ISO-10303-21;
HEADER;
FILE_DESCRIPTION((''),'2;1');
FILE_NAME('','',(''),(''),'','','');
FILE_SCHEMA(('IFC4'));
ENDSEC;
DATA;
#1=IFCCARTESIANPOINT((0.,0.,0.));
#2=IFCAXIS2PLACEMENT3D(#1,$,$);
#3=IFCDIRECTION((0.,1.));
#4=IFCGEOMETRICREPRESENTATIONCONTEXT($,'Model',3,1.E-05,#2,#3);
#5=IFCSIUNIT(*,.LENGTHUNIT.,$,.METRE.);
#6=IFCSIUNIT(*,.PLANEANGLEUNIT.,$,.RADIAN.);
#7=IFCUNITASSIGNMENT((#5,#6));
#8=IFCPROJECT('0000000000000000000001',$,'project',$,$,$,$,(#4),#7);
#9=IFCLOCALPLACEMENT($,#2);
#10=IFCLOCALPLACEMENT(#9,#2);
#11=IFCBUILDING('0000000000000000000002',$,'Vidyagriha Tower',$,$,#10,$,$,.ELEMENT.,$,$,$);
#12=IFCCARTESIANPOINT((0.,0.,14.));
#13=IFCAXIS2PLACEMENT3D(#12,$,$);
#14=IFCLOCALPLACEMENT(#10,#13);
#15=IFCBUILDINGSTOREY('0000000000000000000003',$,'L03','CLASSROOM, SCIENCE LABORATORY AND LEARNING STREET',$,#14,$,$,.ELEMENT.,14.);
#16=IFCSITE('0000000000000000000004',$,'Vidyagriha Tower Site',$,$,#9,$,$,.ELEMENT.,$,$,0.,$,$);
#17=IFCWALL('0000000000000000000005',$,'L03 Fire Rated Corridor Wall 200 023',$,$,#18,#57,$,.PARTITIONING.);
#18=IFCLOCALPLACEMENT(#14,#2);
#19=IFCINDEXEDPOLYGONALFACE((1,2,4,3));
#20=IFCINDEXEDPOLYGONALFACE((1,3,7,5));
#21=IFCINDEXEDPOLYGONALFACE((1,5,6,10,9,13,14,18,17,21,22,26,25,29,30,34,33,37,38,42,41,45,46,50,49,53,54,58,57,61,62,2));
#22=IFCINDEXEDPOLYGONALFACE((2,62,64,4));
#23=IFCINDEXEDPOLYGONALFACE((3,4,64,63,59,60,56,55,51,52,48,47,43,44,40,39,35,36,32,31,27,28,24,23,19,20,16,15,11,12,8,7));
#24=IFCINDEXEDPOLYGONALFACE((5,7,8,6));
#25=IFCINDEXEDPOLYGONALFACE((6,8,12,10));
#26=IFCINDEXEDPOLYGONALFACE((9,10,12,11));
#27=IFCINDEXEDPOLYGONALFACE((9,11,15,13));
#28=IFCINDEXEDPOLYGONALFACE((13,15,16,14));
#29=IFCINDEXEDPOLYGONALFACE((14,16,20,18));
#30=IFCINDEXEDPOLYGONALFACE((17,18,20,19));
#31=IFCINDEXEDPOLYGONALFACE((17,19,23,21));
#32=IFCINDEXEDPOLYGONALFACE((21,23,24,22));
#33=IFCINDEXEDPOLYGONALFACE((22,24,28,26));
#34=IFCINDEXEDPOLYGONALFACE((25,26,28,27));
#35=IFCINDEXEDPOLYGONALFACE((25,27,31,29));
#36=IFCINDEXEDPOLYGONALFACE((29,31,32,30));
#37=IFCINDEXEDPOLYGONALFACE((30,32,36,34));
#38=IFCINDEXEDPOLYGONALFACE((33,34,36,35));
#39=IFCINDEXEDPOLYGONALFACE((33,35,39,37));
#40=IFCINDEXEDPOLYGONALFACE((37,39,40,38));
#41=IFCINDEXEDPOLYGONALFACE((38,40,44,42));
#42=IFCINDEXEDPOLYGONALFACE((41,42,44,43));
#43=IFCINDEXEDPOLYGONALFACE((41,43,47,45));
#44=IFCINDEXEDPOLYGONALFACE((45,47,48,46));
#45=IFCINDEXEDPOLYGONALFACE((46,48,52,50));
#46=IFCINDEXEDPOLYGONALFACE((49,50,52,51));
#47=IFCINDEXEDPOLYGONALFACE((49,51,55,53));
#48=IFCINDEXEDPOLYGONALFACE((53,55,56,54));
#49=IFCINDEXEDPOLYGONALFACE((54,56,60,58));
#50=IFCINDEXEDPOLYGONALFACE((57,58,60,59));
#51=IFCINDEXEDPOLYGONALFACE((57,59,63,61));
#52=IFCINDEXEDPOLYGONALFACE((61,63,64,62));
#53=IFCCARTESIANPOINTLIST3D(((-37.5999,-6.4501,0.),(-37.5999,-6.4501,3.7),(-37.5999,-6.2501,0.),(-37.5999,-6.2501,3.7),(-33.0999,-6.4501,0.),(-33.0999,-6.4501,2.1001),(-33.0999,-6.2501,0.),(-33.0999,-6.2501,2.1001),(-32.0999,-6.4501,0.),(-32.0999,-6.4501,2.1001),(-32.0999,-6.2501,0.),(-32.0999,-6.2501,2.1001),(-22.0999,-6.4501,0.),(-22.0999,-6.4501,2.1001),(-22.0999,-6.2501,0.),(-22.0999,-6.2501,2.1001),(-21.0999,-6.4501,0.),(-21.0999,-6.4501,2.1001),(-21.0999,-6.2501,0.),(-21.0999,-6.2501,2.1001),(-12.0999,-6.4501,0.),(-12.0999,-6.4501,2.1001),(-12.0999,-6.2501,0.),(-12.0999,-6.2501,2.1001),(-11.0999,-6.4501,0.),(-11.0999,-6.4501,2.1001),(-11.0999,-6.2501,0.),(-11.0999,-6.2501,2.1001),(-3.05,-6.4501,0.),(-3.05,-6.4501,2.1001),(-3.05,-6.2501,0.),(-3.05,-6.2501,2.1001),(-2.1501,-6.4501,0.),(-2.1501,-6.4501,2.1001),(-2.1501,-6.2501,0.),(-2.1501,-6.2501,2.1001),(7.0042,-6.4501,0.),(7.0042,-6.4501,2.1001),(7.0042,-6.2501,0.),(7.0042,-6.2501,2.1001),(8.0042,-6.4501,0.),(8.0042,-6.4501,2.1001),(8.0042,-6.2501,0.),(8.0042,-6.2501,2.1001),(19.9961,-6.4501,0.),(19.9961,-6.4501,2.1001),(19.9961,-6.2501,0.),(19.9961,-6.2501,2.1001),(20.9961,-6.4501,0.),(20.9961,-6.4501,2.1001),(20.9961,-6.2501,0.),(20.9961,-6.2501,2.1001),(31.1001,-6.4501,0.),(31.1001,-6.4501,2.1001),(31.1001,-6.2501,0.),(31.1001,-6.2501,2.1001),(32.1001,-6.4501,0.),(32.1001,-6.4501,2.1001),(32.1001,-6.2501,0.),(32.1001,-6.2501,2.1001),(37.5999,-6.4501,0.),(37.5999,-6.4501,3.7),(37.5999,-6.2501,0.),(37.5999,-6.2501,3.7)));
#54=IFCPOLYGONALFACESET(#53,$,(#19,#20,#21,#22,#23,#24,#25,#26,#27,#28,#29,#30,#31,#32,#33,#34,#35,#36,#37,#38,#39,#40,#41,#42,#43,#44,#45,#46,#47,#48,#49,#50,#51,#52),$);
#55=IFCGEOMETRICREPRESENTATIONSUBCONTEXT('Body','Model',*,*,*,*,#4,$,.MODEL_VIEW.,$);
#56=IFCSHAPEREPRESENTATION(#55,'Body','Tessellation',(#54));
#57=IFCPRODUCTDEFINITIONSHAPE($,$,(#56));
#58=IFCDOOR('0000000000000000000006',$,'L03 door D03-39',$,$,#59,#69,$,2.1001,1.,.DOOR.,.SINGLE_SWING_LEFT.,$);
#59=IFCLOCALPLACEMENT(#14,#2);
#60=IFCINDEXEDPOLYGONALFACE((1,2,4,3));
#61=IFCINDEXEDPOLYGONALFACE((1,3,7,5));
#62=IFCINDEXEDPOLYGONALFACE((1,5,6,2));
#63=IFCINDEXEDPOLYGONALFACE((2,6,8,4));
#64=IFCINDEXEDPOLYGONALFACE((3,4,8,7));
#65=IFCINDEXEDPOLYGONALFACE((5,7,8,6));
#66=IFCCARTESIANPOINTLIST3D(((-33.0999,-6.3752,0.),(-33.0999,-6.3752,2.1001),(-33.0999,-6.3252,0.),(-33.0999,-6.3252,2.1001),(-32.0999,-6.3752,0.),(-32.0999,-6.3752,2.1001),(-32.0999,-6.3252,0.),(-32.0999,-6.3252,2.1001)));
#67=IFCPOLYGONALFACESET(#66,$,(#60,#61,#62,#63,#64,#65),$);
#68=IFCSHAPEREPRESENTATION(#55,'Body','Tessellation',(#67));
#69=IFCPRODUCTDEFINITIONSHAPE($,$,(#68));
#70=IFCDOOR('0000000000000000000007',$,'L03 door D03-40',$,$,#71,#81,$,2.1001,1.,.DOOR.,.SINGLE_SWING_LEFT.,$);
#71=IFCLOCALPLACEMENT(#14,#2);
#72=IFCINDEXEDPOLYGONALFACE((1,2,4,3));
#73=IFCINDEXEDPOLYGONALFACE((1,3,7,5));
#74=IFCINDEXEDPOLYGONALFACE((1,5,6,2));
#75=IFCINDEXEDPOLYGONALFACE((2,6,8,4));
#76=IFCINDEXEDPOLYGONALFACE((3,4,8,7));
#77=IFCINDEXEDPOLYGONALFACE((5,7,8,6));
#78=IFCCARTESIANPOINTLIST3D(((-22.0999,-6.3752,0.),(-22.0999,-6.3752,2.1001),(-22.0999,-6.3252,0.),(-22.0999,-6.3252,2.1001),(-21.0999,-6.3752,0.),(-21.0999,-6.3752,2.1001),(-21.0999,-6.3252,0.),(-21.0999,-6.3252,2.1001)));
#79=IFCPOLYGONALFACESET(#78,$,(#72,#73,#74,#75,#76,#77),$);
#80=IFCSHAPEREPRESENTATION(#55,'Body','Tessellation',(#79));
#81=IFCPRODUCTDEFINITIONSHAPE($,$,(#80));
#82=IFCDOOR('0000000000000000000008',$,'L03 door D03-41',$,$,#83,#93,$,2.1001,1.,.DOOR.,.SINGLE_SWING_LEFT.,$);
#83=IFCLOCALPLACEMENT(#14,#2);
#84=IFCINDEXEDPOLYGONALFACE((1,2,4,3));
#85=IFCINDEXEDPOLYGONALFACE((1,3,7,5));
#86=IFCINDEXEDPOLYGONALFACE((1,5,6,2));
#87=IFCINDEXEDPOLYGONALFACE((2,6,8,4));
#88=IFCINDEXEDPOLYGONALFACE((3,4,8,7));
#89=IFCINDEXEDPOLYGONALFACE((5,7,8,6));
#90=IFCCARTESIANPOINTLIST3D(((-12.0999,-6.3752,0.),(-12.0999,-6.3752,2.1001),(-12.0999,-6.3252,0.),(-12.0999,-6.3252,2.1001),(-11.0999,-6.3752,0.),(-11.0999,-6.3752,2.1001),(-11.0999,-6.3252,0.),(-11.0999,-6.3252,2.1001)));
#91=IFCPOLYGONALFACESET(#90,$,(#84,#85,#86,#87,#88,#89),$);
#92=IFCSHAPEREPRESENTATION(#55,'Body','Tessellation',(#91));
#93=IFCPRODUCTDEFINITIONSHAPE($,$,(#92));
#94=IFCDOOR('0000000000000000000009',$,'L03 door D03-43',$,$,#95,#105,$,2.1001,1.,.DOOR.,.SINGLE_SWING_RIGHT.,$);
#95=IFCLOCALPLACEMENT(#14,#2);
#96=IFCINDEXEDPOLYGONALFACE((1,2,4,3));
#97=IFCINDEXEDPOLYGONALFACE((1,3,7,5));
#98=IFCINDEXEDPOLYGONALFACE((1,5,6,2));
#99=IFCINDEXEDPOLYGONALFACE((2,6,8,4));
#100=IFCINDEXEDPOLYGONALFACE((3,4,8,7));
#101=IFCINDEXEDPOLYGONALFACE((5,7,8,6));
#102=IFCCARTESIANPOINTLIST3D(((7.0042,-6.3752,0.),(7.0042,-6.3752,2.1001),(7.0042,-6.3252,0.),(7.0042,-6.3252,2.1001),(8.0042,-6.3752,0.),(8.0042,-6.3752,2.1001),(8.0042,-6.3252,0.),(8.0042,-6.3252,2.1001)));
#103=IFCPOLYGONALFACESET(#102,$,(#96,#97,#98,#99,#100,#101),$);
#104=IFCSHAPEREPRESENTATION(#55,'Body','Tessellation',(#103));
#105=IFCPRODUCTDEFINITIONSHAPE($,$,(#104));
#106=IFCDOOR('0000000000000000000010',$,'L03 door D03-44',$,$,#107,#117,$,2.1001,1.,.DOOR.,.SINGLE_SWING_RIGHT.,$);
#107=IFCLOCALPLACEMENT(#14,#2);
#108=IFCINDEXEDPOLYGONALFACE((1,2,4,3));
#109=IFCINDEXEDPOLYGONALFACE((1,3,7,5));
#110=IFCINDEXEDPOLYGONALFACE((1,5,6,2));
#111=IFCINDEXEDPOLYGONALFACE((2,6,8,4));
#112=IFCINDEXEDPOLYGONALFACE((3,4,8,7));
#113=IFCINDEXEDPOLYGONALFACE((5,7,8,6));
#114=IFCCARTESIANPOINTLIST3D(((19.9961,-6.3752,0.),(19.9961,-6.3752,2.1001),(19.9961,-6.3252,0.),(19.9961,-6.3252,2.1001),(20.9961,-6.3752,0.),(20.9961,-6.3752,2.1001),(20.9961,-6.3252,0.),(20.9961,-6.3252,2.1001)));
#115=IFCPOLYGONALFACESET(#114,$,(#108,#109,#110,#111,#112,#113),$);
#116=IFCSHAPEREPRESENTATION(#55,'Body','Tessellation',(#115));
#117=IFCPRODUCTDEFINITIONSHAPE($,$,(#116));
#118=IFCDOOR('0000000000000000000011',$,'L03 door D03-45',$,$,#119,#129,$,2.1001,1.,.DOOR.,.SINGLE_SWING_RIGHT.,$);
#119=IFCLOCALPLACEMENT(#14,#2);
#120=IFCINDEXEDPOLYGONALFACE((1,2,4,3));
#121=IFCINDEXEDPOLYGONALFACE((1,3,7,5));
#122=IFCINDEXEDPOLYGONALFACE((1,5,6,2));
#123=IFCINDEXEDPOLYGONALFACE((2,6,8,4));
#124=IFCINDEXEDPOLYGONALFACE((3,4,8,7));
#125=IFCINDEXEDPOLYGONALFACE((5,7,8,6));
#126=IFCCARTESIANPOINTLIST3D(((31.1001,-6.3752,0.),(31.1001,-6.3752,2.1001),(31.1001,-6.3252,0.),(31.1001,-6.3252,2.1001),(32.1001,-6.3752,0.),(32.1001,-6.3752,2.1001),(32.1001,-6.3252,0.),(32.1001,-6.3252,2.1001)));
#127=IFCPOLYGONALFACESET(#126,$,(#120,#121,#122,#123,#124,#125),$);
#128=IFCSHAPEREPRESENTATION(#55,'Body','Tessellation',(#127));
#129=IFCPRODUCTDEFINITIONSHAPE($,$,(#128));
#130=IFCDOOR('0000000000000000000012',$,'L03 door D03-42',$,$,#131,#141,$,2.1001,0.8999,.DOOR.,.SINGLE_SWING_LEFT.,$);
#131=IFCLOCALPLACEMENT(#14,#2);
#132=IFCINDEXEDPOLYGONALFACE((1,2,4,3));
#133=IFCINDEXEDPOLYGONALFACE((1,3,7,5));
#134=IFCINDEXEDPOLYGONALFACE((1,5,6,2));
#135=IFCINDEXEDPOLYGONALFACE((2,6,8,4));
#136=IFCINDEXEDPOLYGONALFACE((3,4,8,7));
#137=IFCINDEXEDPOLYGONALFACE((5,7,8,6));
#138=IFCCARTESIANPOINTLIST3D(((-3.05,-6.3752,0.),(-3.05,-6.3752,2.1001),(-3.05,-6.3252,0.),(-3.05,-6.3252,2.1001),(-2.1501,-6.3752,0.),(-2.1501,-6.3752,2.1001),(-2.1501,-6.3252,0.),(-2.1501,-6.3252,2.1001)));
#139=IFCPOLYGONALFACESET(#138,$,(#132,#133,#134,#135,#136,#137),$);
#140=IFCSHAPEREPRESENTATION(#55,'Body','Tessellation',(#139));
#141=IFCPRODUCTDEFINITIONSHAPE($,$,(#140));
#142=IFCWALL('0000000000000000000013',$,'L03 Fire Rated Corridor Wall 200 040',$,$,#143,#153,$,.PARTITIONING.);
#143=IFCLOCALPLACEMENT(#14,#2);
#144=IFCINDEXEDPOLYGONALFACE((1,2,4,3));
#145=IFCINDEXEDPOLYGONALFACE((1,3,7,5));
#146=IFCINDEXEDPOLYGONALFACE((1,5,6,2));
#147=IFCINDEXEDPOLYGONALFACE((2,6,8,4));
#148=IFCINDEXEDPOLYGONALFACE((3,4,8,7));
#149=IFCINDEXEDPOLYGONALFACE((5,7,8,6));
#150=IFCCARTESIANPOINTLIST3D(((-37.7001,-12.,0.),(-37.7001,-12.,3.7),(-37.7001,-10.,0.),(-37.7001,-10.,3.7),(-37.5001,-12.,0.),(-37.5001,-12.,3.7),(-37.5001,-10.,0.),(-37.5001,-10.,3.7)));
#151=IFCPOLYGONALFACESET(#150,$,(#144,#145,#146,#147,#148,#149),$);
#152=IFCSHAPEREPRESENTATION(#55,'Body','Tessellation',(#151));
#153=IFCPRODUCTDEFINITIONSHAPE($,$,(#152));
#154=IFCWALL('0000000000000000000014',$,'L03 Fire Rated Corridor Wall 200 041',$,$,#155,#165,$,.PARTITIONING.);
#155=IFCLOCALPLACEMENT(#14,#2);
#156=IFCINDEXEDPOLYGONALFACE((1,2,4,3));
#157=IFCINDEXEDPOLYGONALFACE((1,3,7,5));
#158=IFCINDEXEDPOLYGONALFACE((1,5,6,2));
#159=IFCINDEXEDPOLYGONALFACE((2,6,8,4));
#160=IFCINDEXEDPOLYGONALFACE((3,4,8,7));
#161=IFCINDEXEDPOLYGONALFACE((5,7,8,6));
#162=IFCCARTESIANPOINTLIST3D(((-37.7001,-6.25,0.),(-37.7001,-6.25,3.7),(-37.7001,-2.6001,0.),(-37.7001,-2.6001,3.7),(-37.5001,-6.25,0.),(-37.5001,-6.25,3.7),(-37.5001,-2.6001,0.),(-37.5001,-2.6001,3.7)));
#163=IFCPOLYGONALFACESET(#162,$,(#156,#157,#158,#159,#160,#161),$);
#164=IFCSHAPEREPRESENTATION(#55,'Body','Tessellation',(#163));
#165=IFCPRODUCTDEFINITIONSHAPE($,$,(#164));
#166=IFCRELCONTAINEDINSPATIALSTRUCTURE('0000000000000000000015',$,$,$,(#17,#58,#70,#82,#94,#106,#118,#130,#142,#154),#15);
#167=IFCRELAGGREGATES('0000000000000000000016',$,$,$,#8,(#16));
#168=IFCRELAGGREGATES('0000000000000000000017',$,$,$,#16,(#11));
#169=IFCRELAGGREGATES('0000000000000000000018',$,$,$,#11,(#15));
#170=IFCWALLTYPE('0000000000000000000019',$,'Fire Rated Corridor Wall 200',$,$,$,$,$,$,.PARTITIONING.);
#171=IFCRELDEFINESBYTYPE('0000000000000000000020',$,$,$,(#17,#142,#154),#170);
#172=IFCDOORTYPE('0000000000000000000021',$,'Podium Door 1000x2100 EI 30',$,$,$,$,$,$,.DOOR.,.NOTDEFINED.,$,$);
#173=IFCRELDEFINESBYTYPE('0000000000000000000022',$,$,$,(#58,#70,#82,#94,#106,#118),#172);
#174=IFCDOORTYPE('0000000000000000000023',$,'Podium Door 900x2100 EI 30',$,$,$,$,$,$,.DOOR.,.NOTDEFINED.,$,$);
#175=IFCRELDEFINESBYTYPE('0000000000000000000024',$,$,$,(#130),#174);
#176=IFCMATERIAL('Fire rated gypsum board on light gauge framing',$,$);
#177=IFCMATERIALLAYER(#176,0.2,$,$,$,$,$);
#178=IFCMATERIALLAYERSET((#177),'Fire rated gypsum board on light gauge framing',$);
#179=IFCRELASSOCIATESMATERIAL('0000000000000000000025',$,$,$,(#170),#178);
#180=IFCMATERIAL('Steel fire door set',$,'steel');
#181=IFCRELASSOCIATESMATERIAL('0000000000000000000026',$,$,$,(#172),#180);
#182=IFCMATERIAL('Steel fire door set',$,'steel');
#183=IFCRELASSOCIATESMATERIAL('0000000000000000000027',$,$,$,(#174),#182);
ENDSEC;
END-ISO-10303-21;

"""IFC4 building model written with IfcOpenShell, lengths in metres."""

from ifc_helpers import new_model, si_unit, direction, frame, frame_2d, origin, place, context, subcontext, project, spatial, rectangle, extrude, material, layer, layer_set, type_object, element, fill, save


model = new_model("IFC4")

# Units and contexts
model_context = context("Model", 3, precision=1e-05, world=origin(), true_north=direction((0.0, 1.0)))
body_context = subcontext(model_context, "Body", "Model", "MODEL_VIEW")
ifc_project = project(units=[si_unit("LENGTHUNIT", "METRE"), si_unit("PLANEANGLEUNIT", "RADIAN")], contexts=[model_context])

# Site, building, storey
site_placement = place(None, origin())
site = spatial("IfcSite", under=ifc_project, at=site_placement, Name="Vidyagriha Tower Site", CompositionType="ELEMENT", RefElevation=0.0)
building_placement = place(site_placement, origin())
building = spatial("IfcBuilding", under=site, at=building_placement, Name="Vidyagriha Tower", CompositionType="ELEMENT")
storey_placement = place(building_placement, frame((0.0, 0.0, 14.0)))
storey = spatial("IfcBuildingStorey", under=building, at=storey_placement, Name="L03", Description="CLASSROOM, SCIENCE LABORATORY AND LEARNING STREET", CompositionType="ELEMENT", Elevation=14.0)

# Wall, openings, doors
ifc_material_1 = material(Name="Fire rated gypsum board on light gauge framing")
ifc_layer_1 = layer(ifc_material_1, 0.2)
ifc_layer_set_1 = layer_set([ifc_layer_1], Name="Fire rated gypsum board on light gauge framing")
wall_type = type_object("IfcWallType", Name="Fire Rated Corridor Wall 200", PredefinedType="PARTITIONING", material=ifc_layer_set_1)
wall_1_placement = place(storey_placement, frame((-37.5999, -6.3501, 0.0)))
wall_1 = element("IfcWall", 1, at=wall_1_placement, inside=storey, type_object=wall_type, Name="L03 Fire Rated Corridor Wall 200 023", PredefinedType="PARTITIONING", context=body_context, shape_type="SweptSolid", body=[
    extrude(rectangle(XDim=75.1997, YDim=0.2, at=frame_2d((37.5999, 0.0))), origin(), (0.0, 0.0, 1.0), 3.7),
])
opening_1_placement = place(wall_1_placement, frame((4.5, 0.0, 0.0)))
opening_1 = element("IfcOpeningElement", 2, at=opening_1_placement, cuts=wall_1, PredefinedType="OPENING", context=body_context, shape_type="SweptSolid", body=[
    extrude(rectangle(XDim=1.0, YDim=2.1001, at=frame_2d((0.5, 1.05))), frame((0.0, 0.1099, 0.0), z_axis=(0.0, -1.0, 0.0), x_axis=(1.0, 0.0, 0.0)), (0.0, 0.0, 1.0), 0.22),
])
opening_2_placement = place(wall_1_placement, frame((15.5, 0.0, 0.0)))
opening_2 = element("IfcOpeningElement", 3, at=opening_2_placement, cuts=wall_1, PredefinedType="OPENING", context=body_context, shape_type="SweptSolid", body=[
    extrude(rectangle(XDim=1.0, YDim=2.1001, at=frame_2d((0.5, 1.05))), frame((0.0, 0.1099, 0.0), z_axis=(0.0, -1.0, 0.0), x_axis=(1.0, 0.0, 0.0)), (0.0, 0.0, 1.0), 0.22),
])
opening_3_placement = place(wall_1_placement, frame((25.5, 0.0, 0.0)))
opening_3 = element("IfcOpeningElement", 4, at=opening_3_placement, cuts=wall_1, PredefinedType="OPENING", context=body_context, shape_type="SweptSolid", body=[
    extrude(rectangle(XDim=1.0, YDim=2.1001, at=frame_2d((0.5, 1.05))), frame((0.0, 0.1099, 0.0), z_axis=(0.0, -1.0, 0.0), x_axis=(1.0, 0.0, 0.0)), (0.0, 0.0, 1.0), 0.22),
])
opening_4_placement = place(wall_1_placement, frame((34.5498, 0.0, 0.0)))
opening_4 = element("IfcOpeningElement", 5, at=opening_4_placement, cuts=wall_1, PredefinedType="OPENING", context=body_context, shape_type="SweptSolid", body=[
    extrude(rectangle(XDim=0.8999, YDim=2.1001, at=frame_2d((0.45, 1.05))), frame((0.0, 0.1099, 0.0), z_axis=(0.0, -1.0, 0.0), x_axis=(1.0, 0.0, 0.0)), (0.0, 0.0, 1.0), 0.22),
])
opening_5_placement = place(wall_1_placement, frame((44.604, 0.0, 0.0)))
opening_5 = element("IfcOpeningElement", 6, at=opening_5_placement, cuts=wall_1, PredefinedType="OPENING", context=body_context, shape_type="SweptSolid", body=[
    extrude(rectangle(XDim=1.0, YDim=2.1001, at=frame_2d((0.5, 1.05))), frame((0.0, 0.1099, 0.0), z_axis=(0.0, -1.0, 0.0), x_axis=(1.0, 0.0, 0.0)), (0.0, 0.0, 1.0), 0.22),
])
opening_6_placement = place(wall_1_placement, frame((57.5959, 0.0, 0.0)))
opening_6 = element("IfcOpeningElement", 7, at=opening_6_placement, cuts=wall_1, PredefinedType="OPENING", context=body_context, shape_type="SweptSolid", body=[
    extrude(rectangle(XDim=1.0, YDim=2.1001, at=frame_2d((0.5, 1.05))), frame((0.0, 0.1099, 0.0), z_axis=(0.0, -1.0, 0.0), x_axis=(1.0, 0.0, 0.0)), (0.0, 0.0, 1.0), 0.22),
])
opening_7_placement = place(wall_1_placement, frame((68.7, 0.0, 0.0)))
opening_7 = element("IfcOpeningElement", 8, at=opening_7_placement, cuts=wall_1, PredefinedType="OPENING", context=body_context, shape_type="SweptSolid", body=[
    extrude(rectangle(XDim=1.0, YDim=2.1001, at=frame_2d((0.5, 1.05))), frame((0.0, 0.1099, 0.0), z_axis=(0.0, -1.0, 0.0), x_axis=(1.0, 0.0, 0.0)), (0.0, 0.0, 1.0), 0.22),
])
ifc_material_2 = material(Name="Steel fire door set", Category="steel")
door_type_1 = type_object("IfcDoorType", Name="Podium Door 1000x2100 EI 30", OperationType="NOTDEFINED", PredefinedType="DOOR", material=ifc_material_2)
door_1_placement = place(opening_1_placement, origin())
door_1 = element("IfcDoor", 9, at=door_1_placement, inside=storey, type_object=door_type_1, Name="L03 door D03-39", OperationType="SINGLE_SWING_LEFT", OverallHeight=2.1001, OverallWidth=1.0, PredefinedType="DOOR", context=body_context, shape_type="SweptSolid", body=[
    extrude(rectangle(XDim=1.0, YDim=2.1001, at=frame_2d((0.5, 1.05))), frame((0.0, 0.0249, 0.0), z_axis=(0.0, -1.0, 0.0), x_axis=(1.0, 0.0, 0.0)), (0.0, 0.0, 1.0), 0.05),
])
fill(opening_1, door_1)
door_2_placement = place(opening_2_placement, origin())
door_2 = element("IfcDoor", 10, at=door_2_placement, inside=storey, type_object=door_type_1, Name="L03 door D03-40", OperationType="SINGLE_SWING_LEFT", OverallHeight=2.1001, OverallWidth=1.0, PredefinedType="DOOR", context=body_context, shape_type="SweptSolid", body=[
    extrude(rectangle(XDim=1.0, YDim=2.1001, at=frame_2d((0.5, 1.05))), frame((0.0, 0.0249, 0.0), z_axis=(0.0, -1.0, 0.0), x_axis=(1.0, 0.0, 0.0)), (0.0, 0.0, 1.0), 0.05),
])
fill(opening_2, door_2)
door_3_placement = place(opening_3_placement, origin())
door_3 = element("IfcDoor", 11, at=door_3_placement, inside=storey, type_object=door_type_1, Name="L03 door D03-41", OperationType="SINGLE_SWING_LEFT", OverallHeight=2.1001, OverallWidth=1.0, PredefinedType="DOOR", context=body_context, shape_type="SweptSolid", body=[
    extrude(rectangle(XDim=1.0, YDim=2.1001, at=frame_2d((0.5, 1.05))), frame((0.0, 0.0249, 0.0), z_axis=(0.0, -1.0, 0.0), x_axis=(1.0, 0.0, 0.0)), (0.0, 0.0, 1.0), 0.05),
])
fill(opening_3, door_3)
door_4_placement = place(opening_5_placement, origin())
door_4 = element("IfcDoor", 12, at=door_4_placement, inside=storey, type_object=door_type_1, Name="L03 door D03-43", OperationType="SINGLE_SWING_RIGHT", OverallHeight=2.1001, OverallWidth=1.0, PredefinedType="DOOR", context=body_context, shape_type="SweptSolid", body=[
    extrude(rectangle(XDim=1.0, YDim=2.1001, at=frame_2d((0.5, 1.05))), frame((0.0, 0.0249, 0.0), z_axis=(0.0, -1.0, 0.0), x_axis=(1.0, 0.0, 0.0)), (0.0, 0.0, 1.0), 0.05),
])
fill(opening_5, door_4)
door_5_placement = place(opening_6_placement, origin())
door_5 = element("IfcDoor", 13, at=door_5_placement, inside=storey, type_object=door_type_1, Name="L03 door D03-44", OperationType="SINGLE_SWING_RIGHT", OverallHeight=2.1001, OverallWidth=1.0, PredefinedType="DOOR", context=body_context, shape_type="SweptSolid", body=[
    extrude(rectangle(XDim=1.0, YDim=2.1001, at=frame_2d((0.5, 1.05))), frame((0.0, 0.0249, 0.0), z_axis=(0.0, -1.0, 0.0), x_axis=(1.0, 0.0, 0.0)), (0.0, 0.0, 1.0), 0.05),
])
fill(opening_6, door_5)
door_6_placement = place(opening_7_placement, origin())
door_6 = element("IfcDoor", 14, at=door_6_placement, inside=storey, type_object=door_type_1, Name="L03 door D03-45", OperationType="SINGLE_SWING_RIGHT", OverallHeight=2.1001, OverallWidth=1.0, PredefinedType="DOOR", context=body_context, shape_type="SweptSolid", body=[
    extrude(rectangle(XDim=1.0, YDim=2.1001, at=frame_2d((0.5, 1.05))), frame((0.0, 0.0249, 0.0), z_axis=(0.0, -1.0, 0.0), x_axis=(1.0, 0.0, 0.0)), (0.0, 0.0, 1.0), 0.05),
])
fill(opening_7, door_6)
ifc_material_3 = material(Name="Steel fire door set", Category="steel")
door_type_2 = type_object("IfcDoorType", Name="Podium Door 900x2100 EI 30", OperationType="NOTDEFINED", PredefinedType="DOOR", material=ifc_material_3)
door_7_placement = place(opening_4_placement, origin())
door_7 = element("IfcDoor", 15, at=door_7_placement, inside=storey, type_object=door_type_2, Name="L03 door D03-42", OperationType="SINGLE_SWING_LEFT", OverallHeight=2.1001, OverallWidth=0.8999, PredefinedType="DOOR", context=body_context, shape_type="SweptSolid", body=[
    extrude(rectangle(XDim=0.8999, YDim=2.1001, at=frame_2d((0.45, 1.05))), frame((0.0, 0.0249, 0.0), z_axis=(0.0, -1.0, 0.0), x_axis=(1.0, 0.0, 0.0)), (0.0, 0.0, 1.0), 0.05),
])
fill(opening_4, door_7)

# Walls
wall_2_placement = place(storey_placement, frame((-37.6001, -12.0, 0.0), z_axis=(0.0, 0.0, 1.0), x_axis=(0.0, 1.0, 0.0)))
element("IfcWall", 16, at=wall_2_placement, inside=storey, type_object=wall_type, Name="L03 Fire Rated Corridor Wall 200 040", PredefinedType="PARTITIONING", context=body_context, shape_type="SweptSolid", body=[
    extrude(rectangle(XDim=2.0, YDim=0.2, at=frame_2d((1.0, 0.0))), origin(), (0.0, 0.0, 1.0), 3.7),
])
wall_3_placement = place(storey_placement, frame((-37.6001, -6.25, 0.0), z_axis=(0.0, 0.0, 1.0), x_axis=(0.0, 1.0, 0.0)))
element("IfcWall", 17, at=wall_3_placement, inside=storey, type_object=wall_type, Name="L03 Fire Rated Corridor Wall 200 041", PredefinedType="PARTITIONING", context=body_context, shape_type="SweptSolid", body=[
    extrude(rectangle(XDim=3.6499, YDim=0.2, at=frame_2d((1.825, 0.0))), origin(), (0.0, 0.0, 1.0), 3.7),
])

save(model, "model.ifc")
